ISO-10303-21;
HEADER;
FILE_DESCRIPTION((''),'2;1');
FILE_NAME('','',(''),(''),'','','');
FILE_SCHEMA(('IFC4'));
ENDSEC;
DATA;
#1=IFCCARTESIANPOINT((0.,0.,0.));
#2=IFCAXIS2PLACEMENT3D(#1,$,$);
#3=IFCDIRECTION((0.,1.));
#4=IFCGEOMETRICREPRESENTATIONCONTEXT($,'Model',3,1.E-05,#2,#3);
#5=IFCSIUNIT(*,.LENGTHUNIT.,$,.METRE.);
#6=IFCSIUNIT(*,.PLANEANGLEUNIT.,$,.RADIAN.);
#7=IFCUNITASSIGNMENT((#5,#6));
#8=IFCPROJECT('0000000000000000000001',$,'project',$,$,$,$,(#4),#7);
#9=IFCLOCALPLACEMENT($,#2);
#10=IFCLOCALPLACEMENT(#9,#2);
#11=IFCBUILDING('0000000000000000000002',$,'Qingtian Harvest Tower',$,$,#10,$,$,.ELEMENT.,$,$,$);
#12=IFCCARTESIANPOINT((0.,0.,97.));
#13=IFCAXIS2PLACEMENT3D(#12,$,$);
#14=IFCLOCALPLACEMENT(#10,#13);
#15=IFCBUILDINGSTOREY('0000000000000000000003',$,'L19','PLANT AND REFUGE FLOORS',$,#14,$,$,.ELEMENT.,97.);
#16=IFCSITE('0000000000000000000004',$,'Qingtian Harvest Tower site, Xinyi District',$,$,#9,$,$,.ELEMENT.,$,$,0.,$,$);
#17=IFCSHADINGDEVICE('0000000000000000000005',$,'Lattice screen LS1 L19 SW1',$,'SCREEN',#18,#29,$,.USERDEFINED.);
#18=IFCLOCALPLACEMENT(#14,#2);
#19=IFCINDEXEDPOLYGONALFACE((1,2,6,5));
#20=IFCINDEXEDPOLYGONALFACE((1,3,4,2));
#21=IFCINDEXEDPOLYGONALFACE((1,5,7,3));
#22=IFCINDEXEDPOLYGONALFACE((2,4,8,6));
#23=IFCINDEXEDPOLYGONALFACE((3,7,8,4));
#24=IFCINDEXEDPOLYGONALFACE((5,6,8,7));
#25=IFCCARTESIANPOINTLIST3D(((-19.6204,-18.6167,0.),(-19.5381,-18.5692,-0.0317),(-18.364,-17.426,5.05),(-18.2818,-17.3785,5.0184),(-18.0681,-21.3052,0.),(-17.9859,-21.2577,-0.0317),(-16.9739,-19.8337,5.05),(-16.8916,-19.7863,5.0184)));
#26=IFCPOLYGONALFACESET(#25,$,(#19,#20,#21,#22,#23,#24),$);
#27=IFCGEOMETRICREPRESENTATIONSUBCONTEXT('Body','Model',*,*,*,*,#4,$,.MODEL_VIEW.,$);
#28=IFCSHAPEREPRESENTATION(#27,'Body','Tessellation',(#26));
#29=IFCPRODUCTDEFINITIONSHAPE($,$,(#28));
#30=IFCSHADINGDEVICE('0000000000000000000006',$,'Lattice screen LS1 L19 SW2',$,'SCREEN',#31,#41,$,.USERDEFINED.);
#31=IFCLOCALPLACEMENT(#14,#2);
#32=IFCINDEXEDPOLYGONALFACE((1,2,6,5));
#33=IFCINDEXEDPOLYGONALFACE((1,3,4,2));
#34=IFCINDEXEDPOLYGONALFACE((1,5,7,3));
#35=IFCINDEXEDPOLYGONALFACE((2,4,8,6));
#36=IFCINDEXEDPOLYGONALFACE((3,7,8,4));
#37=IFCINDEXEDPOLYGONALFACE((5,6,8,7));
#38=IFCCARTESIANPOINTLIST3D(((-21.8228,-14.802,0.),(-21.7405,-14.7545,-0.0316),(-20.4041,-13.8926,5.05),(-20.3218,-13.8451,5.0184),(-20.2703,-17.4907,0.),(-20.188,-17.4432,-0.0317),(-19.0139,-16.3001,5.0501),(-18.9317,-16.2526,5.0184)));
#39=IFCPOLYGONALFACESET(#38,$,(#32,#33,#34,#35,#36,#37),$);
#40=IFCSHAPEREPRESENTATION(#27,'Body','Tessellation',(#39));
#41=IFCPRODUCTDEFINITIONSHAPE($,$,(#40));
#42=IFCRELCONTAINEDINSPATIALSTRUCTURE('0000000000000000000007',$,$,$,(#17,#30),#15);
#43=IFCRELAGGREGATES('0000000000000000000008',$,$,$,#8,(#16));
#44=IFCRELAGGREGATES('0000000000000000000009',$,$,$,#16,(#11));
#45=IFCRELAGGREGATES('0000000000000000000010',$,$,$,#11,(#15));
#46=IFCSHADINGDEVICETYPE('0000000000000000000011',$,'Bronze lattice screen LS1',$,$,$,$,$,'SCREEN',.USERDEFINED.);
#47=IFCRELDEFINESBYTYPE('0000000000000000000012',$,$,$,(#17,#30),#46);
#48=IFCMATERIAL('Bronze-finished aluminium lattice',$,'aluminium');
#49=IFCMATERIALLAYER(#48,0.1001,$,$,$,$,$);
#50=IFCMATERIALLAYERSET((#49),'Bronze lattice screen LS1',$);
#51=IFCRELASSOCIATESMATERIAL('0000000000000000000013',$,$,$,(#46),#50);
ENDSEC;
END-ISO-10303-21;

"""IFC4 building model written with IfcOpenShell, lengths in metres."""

from ifc_helpers import new_model, si_unit, direction, frame, origin, place, context, subcontext, project, spatial, polyline, outline, extrude, material, layer, layer_set, type_object, element, save


model = new_model("IFC4")

# Units and contexts
model_context = context("Model", 3, precision=1e-05, world=origin(), true_north=direction((0.0, 1.0)))
body_context = subcontext(model_context, "Body", "Model", "MODEL_VIEW")
ifc_project = project(units=[si_unit("LENGTHUNIT", "METRE"), si_unit("PLANEANGLEUNIT", "RADIAN")], contexts=[model_context])

# Site, building, storey
site_placement = place(None, origin())
site = spatial("IfcSite", under=ifc_project, at=site_placement, Name="Qingtian Harvest Tower site, Xinyi District", CompositionType="ELEMENT", RefElevation=0.0)
building_placement = place(site_placement, origin())
building = spatial("IfcBuilding", under=site, at=building_placement, Name="Qingtian Harvest Tower", CompositionType="ELEMENT")
storey_placement = place(building_placement, frame((0.0, 0.0, 97.0)))
storey = spatial("IfcBuildingStorey", under=building, at=storey_placement, Name="L19", Description="PLANT AND REFUGE FLOORS", CompositionType="ELEMENT", Elevation=97.0)

# Shading devices
ifc_material_1 = material(Name="Bronze-finished aluminium lattice", Category="aluminium")
ifc_layer_1 = layer(ifc_material_1, 0.1001)
ifc_layer_set_1 = layer_set([ifc_layer_1], Name="Bronze lattice screen LS1")
shading_device_type = type_object("IfcShadingDeviceType", Name="Bronze lattice screen LS1", ElementType="SCREEN", PredefinedType="USERDEFINED", material=ifc_layer_set_1)
shading_device_1_placement = place(storey_placement, frame((-18.0681, -21.3052, 0.0), z_axis=(-0.821576, -0.474353, 0.316231), x_axis=(-0.500012, 0.866018, 0.0)))
element("IfcShadingDevice", 1, at=shading_device_1_placement, inside=storey, type_object=shading_device_type, Name="Lattice screen LS1 L19 SW1", ObjectType="SCREEN", PredefinedType="USERDEFINED", context=body_context, shape_type="SweptSolid", body=[
    extrude(outline(polyline([(0.0, 0.0), (3.1044, 0.0), (3.5074, -5.3232), (0.7272, -5.3232), (0.0, 0.0)])), origin(), (0.0, 0.0, -1.0), 0.1001),
])
shading_device_2_placement = place(storey_placement, frame((-20.2703, -17.4907, 0.0), z_axis=(-0.821559, -0.474382, 0.316231), x_axis=(-0.500043, 0.866001, 0.000002)))
element("IfcShadingDevice", 2, at=shading_device_2_placement, inside=storey, type_object=shading_device_type, Name="Lattice screen LS1 L19 SW2", ObjectType="SCREEN", PredefinedType="USERDEFINED", context=body_context, shape_type="SweptSolid", body=[
    extrude(outline(polyline([(0.0, 0.0), (3.1047, 0.0), (3.1829, -5.3232), (0.4029, -5.3232), (0.0, 0.0)])), origin(), (0.0, 0.0, -1.0), 0.1001),
])

save(model, "model.ifc")
